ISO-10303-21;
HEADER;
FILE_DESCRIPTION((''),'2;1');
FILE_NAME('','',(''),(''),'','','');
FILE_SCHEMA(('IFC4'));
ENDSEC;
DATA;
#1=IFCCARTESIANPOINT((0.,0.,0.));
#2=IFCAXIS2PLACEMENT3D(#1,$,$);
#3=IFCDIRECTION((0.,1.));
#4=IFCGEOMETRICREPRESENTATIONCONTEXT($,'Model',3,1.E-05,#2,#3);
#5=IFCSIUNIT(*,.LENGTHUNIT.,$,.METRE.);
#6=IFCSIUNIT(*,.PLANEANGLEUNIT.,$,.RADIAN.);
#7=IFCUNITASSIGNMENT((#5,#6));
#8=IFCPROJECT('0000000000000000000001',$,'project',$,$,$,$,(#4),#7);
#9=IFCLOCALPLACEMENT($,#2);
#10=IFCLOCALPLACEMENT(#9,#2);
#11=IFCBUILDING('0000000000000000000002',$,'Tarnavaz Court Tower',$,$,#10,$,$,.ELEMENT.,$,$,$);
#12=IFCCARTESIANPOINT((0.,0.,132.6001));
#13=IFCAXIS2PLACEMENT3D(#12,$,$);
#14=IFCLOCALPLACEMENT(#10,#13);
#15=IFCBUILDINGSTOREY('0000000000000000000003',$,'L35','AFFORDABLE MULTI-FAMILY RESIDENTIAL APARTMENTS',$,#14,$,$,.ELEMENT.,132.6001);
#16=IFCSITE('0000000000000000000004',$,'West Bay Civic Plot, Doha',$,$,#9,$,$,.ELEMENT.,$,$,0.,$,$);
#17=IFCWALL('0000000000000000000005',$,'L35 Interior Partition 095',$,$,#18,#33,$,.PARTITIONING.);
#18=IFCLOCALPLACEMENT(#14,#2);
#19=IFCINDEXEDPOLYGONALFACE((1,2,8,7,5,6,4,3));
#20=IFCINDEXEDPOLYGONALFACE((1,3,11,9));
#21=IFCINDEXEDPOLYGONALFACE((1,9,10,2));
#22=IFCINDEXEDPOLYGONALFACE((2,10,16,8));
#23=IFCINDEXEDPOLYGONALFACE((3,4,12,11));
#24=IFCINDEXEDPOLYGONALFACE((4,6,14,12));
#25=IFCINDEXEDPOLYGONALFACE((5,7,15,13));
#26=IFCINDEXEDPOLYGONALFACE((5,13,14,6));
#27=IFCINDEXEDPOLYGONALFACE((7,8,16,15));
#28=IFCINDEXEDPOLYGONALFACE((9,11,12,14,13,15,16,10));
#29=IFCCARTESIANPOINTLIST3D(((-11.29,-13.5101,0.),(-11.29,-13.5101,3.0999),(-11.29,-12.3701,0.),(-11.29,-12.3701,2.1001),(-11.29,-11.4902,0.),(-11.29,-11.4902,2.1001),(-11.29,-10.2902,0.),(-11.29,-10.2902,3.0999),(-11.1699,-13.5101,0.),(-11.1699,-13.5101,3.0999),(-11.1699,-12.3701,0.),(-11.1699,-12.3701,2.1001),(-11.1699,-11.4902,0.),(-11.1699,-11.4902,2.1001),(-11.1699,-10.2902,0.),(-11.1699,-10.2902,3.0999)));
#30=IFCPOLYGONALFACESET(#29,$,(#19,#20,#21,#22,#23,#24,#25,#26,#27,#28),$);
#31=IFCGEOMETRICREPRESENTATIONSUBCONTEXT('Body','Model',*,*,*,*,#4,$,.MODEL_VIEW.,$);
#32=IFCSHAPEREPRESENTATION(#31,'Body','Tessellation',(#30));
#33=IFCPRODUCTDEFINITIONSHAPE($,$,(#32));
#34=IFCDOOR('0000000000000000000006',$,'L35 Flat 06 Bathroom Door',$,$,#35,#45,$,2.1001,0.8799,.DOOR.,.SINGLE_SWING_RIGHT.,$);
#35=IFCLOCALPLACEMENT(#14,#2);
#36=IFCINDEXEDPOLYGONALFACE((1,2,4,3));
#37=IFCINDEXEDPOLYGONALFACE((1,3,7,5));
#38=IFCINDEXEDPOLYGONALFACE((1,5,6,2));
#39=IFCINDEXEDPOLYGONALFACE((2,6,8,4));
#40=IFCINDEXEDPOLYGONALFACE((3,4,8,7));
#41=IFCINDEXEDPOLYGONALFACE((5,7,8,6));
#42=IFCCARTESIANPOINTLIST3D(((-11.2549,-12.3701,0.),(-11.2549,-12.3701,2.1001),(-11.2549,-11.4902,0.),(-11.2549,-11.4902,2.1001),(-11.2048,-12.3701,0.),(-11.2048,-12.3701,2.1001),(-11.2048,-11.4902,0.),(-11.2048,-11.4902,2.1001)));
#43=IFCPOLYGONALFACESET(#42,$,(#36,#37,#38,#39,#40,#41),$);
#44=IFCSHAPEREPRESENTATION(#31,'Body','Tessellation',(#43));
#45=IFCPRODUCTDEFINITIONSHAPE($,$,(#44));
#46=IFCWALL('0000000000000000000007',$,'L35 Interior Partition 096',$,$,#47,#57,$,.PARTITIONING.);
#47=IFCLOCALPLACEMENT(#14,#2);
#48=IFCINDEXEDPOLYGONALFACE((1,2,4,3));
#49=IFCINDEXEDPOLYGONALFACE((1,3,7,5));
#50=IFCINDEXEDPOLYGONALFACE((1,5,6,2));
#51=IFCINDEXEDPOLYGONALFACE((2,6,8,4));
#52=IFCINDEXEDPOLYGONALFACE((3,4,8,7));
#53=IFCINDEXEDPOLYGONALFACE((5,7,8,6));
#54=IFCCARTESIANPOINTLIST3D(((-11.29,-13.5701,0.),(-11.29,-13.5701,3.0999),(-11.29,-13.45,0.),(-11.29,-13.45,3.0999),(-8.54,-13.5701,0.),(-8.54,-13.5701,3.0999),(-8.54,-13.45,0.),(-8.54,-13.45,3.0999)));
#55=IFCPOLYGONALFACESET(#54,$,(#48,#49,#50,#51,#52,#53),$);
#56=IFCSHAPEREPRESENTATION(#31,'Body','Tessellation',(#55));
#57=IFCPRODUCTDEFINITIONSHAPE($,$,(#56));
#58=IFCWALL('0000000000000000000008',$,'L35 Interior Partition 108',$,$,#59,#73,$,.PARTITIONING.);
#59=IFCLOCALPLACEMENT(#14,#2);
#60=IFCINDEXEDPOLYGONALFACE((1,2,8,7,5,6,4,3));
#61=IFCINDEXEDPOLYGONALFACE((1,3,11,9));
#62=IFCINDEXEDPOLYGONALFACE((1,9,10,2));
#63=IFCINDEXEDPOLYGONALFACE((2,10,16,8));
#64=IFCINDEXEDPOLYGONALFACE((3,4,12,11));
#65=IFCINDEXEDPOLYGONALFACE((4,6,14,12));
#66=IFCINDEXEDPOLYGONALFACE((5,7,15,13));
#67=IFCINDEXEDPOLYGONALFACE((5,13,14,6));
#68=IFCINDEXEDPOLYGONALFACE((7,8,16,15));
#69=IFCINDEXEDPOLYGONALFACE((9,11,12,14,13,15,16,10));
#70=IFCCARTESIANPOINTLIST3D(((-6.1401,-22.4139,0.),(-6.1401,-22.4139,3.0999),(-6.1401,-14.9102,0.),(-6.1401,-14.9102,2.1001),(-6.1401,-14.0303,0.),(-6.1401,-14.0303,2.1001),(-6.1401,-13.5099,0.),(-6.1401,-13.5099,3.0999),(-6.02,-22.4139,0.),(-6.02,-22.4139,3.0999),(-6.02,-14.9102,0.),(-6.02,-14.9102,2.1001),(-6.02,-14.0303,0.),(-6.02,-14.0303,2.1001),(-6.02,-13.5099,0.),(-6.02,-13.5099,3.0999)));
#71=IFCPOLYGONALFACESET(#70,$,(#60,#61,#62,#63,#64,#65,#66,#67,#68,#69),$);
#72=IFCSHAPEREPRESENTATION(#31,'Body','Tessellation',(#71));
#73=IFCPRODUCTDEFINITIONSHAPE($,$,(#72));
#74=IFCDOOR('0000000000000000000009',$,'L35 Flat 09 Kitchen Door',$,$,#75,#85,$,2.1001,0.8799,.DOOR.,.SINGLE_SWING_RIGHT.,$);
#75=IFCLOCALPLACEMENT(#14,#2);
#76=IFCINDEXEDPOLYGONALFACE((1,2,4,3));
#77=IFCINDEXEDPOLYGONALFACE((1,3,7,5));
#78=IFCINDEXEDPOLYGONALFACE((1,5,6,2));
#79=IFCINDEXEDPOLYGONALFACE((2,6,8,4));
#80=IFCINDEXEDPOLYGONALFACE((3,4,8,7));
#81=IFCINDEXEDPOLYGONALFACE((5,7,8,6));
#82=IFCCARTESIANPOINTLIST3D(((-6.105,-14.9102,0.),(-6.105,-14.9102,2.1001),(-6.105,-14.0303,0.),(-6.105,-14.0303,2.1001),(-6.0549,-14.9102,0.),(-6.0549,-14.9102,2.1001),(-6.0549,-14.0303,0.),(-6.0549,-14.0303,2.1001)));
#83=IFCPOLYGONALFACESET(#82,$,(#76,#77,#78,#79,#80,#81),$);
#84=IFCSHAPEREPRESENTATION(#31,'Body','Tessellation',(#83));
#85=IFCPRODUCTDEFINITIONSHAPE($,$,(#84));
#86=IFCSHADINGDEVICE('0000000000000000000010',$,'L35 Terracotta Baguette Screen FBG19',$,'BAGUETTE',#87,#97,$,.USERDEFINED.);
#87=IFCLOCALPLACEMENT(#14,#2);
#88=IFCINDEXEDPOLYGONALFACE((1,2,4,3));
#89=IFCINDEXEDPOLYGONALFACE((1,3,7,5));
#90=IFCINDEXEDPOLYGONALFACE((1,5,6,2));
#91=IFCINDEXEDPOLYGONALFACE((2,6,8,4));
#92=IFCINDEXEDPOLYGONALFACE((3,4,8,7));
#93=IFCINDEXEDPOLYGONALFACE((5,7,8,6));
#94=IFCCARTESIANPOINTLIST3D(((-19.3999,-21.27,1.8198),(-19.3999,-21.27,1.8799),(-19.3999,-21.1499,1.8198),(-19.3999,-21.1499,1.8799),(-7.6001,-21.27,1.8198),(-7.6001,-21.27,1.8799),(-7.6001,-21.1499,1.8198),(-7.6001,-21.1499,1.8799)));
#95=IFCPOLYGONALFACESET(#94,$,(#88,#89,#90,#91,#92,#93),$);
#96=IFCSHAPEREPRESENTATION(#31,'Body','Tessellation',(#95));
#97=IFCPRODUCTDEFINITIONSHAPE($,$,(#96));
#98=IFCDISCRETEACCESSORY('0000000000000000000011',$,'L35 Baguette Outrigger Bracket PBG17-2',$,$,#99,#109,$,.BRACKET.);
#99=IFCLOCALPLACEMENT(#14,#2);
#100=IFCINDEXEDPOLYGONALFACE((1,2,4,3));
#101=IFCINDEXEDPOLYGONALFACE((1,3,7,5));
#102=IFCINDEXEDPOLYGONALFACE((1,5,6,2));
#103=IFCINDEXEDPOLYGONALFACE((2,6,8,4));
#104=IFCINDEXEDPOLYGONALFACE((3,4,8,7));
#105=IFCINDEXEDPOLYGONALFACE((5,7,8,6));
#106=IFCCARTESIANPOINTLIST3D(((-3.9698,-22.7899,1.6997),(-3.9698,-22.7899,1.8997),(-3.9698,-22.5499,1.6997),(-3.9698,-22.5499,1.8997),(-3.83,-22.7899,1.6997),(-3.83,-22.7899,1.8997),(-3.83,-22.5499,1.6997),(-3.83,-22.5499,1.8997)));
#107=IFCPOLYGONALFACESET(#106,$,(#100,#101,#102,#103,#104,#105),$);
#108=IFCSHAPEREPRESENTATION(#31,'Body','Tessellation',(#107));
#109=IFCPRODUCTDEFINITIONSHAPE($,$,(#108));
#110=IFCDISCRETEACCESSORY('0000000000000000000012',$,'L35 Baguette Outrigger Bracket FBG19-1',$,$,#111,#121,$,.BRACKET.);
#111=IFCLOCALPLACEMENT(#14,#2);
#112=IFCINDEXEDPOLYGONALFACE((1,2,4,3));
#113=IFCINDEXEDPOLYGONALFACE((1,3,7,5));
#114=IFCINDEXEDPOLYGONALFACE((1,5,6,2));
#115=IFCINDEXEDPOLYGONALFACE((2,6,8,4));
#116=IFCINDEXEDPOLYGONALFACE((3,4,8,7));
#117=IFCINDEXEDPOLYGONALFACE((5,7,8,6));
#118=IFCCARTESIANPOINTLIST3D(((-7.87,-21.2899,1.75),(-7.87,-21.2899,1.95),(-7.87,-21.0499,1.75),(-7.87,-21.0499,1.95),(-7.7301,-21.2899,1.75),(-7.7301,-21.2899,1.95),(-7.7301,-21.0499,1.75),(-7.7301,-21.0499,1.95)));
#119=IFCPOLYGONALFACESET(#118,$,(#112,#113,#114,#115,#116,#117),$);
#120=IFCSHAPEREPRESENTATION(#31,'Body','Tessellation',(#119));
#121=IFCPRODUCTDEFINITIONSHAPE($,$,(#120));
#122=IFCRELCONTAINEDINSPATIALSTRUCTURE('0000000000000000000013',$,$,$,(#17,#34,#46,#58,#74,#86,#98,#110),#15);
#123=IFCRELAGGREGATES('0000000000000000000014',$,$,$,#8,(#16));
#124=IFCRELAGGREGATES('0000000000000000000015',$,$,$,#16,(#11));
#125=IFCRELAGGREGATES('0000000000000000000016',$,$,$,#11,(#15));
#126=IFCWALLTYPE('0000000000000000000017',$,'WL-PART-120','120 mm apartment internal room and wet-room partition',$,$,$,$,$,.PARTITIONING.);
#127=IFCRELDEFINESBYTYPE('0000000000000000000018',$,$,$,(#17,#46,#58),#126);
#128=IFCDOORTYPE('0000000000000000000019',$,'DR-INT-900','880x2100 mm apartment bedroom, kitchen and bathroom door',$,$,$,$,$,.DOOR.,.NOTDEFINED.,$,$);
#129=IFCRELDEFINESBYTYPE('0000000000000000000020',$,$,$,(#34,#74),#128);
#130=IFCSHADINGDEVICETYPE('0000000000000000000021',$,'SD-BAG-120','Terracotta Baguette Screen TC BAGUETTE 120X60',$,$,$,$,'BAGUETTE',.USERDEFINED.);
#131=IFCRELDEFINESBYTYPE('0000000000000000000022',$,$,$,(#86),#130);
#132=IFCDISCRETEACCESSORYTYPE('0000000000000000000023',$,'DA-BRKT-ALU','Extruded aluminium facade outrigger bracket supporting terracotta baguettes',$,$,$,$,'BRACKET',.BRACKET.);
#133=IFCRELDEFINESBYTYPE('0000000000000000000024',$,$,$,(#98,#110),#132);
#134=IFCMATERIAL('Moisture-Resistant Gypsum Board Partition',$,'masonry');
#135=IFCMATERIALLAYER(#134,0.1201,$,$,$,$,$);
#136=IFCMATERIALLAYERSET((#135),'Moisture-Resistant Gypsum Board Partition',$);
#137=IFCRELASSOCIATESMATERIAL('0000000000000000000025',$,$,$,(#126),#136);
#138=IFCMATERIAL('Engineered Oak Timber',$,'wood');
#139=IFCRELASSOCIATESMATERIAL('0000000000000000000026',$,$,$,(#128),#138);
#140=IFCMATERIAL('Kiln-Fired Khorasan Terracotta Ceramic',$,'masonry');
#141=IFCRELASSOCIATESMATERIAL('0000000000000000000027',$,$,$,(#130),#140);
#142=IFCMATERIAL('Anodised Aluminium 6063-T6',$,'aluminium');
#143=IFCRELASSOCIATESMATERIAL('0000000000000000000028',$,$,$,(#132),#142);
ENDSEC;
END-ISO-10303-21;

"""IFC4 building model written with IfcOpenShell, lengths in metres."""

from ifc_helpers import new_model, si_unit, direction, frame, frame_2d, origin, origin_2d, place, context, subcontext, project, spatial, rectangle, extrude, material, layer, layer_set, material_profile, profile_set, type_object, element, fill, save


model = new_model("IFC4")

# Units and contexts
model_context = context("Model", 3, precision=1e-05, world=origin(), true_north=direction((0.0, 1.0)))
body_context = subcontext(model_context, "Body", "Model", "MODEL_VIEW")
ifc_project = project(units=[si_unit("LENGTHUNIT", "METRE"), si_unit("PLANEANGLEUNIT", "RADIAN")], contexts=[model_context])

# Site, building, storey
site_placement = place(None, origin())
site = spatial("IfcSite", under=ifc_project, at=site_placement, Name="West Bay Civic Plot, Doha", CompositionType="ELEMENT", RefElevation=0.0)
building_placement = place(site_placement, origin())
building = spatial("IfcBuilding", under=site, at=building_placement, Name="Tarnavaz Court Tower", CompositionType="ELEMENT")
storey_placement = place(building_placement, frame((0.0, 0.0, 132.6001)))
storey = spatial("IfcBuildingStorey", under=building, at=storey_placement, Name="L35", Description="AFFORDABLE MULTI-FAMILY RESIDENTIAL APARTMENTS", CompositionType="ELEMENT", Elevation=132.6001)

# Shared definitions
ifc_material_1 = material(Name="Anodised Aluminium 6063-T6", Category="aluminium")

# Wall, opening, door
ifc_material_2 = material(Name="Moisture-Resistant Gypsum Board Partition", Category="masonry")
ifc_layer_1 = layer(ifc_material_2, 0.1201)
ifc_layer_set_1 = layer_set([ifc_layer_1], Name="Moisture-Resistant Gypsum Board Partition")
wall_type_1 = type_object("IfcWallType", Name="WL-PART-120", Description="120 mm apartment internal room and wet-room partition", PredefinedType="PARTITIONING", material=ifc_layer_set_1)
ifc_material_3 = material(Name="Engineered Oak Timber", Category="wood")
door_type = type_object("IfcDoorType", Name="DR-INT-900", Description="880x2100 mm apartment bedroom, kitchen and bathroom door", OperationType="NOTDEFINED", PredefinedType="DOOR", material=ifc_material_3)
wall_1_placement = place(storey_placement, frame((-11.23, -13.51, 0.0), z_axis=(0.0, 0.0, 1.0), x_axis=(0.0, 1.0, 0.0)))
wall_1 = element("IfcWall", 1, at=wall_1_placement, inside=storey, type_object=wall_type_1, Name="L35 Interior Partition 095", PredefinedType="PARTITIONING", context=body_context, shape_type="SweptSolid", body=[
    extrude(rectangle(XDim=3.22, YDim=0.1201, at=frame_2d((1.6099, 0.0))), origin(), (0.0, 0.0, 1.0), 3.0999),
])
opening_1_placement = place(wall_1_placement, frame((1.1399, 0.0, 0.0)))
opening_1 = element("IfcOpeningElement", 2, at=opening_1_placement, cuts=wall_1, PredefinedType="OPENING", context=body_context, shape_type="SweptSolid", body=[
    extrude(rectangle(XDim=0.8799, YDim=2.1001, at=frame_2d((0.4399, 1.05))), frame((0.0, 0.0701, 0.0), z_axis=(0.0, -1.0, 0.0), x_axis=(1.0, 0.0, 0.0)), (0.0, 0.0, 1.0), 0.1401),
])
door_1_placement = place(opening_1_placement, origin())
door_1 = element("IfcDoor", 3, at=door_1_placement, inside=storey, type_object=door_type, Name="L35 Flat 06 Bathroom Door", OperationType="SINGLE_SWING_RIGHT", OverallHeight=2.1001, OverallWidth=0.8799, PredefinedType="DOOR", context=body_context, shape_type="SweptSolid", body=[
    extrude(rectangle(XDim=0.8799, YDim=2.1001, at=frame_2d((0.4399, 1.05))), frame((0.0, 0.0249, 0.0), z_axis=(0.0, -1.0, 0.0), x_axis=(1.0, 0.0, 0.0)), (0.0, 0.0, 1.0), 0.05),
])
fill(opening_1, door_1)

# Wall
wall_2_placement = place(storey_placement, frame((-11.29, -13.51, 0.0), z_axis=(0.0, 0.0, 1.0), x_axis=(1.0, 0.0, 0.0)))
element("IfcWall", 4, at=wall_2_placement, inside=storey, type_object=wall_type_1, Name="L35 Interior Partition 096", PredefinedType="PARTITIONING", context=body_context, shape_type="SweptSolid", body=[
    extrude(rectangle(XDim=2.75, YDim=0.1201, at=frame_2d((1.375, 0.0))), origin(), (0.0, 0.0, 1.0), 3.0999),
])

# Wall, opening, door
wall_3_placement = place(storey_placement, frame((-6.0801, -22.4141, 0.0), z_axis=(0.0, 0.0, 1.0), x_axis=(0.0, 1.0, 0.0)))
wall_3 = element("IfcWall", 5, at=wall_3_placement, inside=storey, type_object=wall_type_1, Name="L35 Interior Partition 108", PredefinedType="PARTITIONING", context=body_context, shape_type="SweptSolid", body=[
    extrude(rectangle(XDim=8.9041, YDim=0.1201, at=frame_2d((4.4521, 0.0))), origin(), (0.0, 0.0, 1.0), 3.0999),
])
opening_2_placement = place(wall_3_placement, frame((7.5039, 0.0, 0.0)))
opening_2 = element("IfcOpeningElement", 6, at=opening_2_placement, cuts=wall_3, PredefinedType="OPENING", context=body_context, shape_type="SweptSolid", body=[
    extrude(rectangle(XDim=0.8799, YDim=2.1001, at=frame_2d((0.4399, 1.05))), frame((0.0, 0.0701, 0.0), z_axis=(0.0, -1.0, 0.0), x_axis=(1.0, 0.0, 0.0)), (0.0, 0.0, 1.0), 0.1401),
])
door_2_placement = place(opening_2_placement, origin())
door_2 = element("IfcDoor", 7, at=door_2_placement, inside=storey, type_object=door_type, Name="L35 Flat 09 Kitchen Door", OperationType="SINGLE_SWING_RIGHT", OverallHeight=2.1001, OverallWidth=0.8799, PredefinedType="DOOR", context=body_context, shape_type="SweptSolid", body=[
    extrude(rectangle(XDim=0.8799, YDim=2.1001, at=frame_2d((0.4399, 1.05))), frame((0.0, 0.0249, 0.0), z_axis=(0.0, -1.0, 0.0), x_axis=(1.0, 0.0, 0.0)), (0.0, 0.0, 1.0), 0.05),
])
fill(opening_2, door_2)

# Shading device
ifc_material_4 = material(Name="Kiln-Fired Khorasan Terracotta Ceramic", Category="masonry")
ifc_material_profile_1 = material_profile(ifc_material_4, rectangle(XDim=0.1201, YDim=0.0601, at=origin_2d()), Name="TC BAGUETTE 120X60")
ifc_profile_set_1 = profile_set([ifc_material_profile_1], Name="Kiln-Fired Khorasan Terracotta Ceramic")
shading_device_type = type_object("IfcShadingDeviceType", Name="SD-BAG-120", Description="Terracotta Baguette Screen TC BAGUETTE 120X60", ElementType="BAGUETTE", PredefinedType="USERDEFINED", material=ifc_profile_set_1)
shading_device_placement = place(storey_placement, frame((-7.6001, -21.21, 1.8499), z_axis=(-1.0, 0.0, 0.0), x_axis=(0.0, -1.0, 0.0)))
element("IfcShadingDevice", 8, at=shading_device_placement, inside=storey, type_object=shading_device_type, Name="L35 Terracotta Baguette Screen FBG19", ObjectType="BAGUETTE", PredefinedType="USERDEFINED", context=body_context, shape_type="SweptSolid", body=[
    extrude(rectangle(XDim=0.1201, YDim=0.0601, at=origin_2d()), origin(), (0.0, 0.0, 1.0), 11.7998),
])

# Discrete accessories
discrete_accessory_type = type_object("IfcDiscreteAccessoryType", Name="DA-BRKT-ALU", Description="Extruded aluminium facade outrigger bracket supporting terracotta baguettes", ElementType="BRACKET", PredefinedType="BRACKET", material=ifc_material_1)
for number, where, z_axis, x_axis, name in (
    (9, (-3.8999, -22.6699, 1.6997), (0.0, 0.0, 1.0), (-1.0, 0.0, 0.0), "L35 Baguette Outrigger Bracket PBG17-2"),
    (10, (-7.8, -21.1699, 1.75), (0.0, 0.0, 1.0), (-1.0, 0.0, 0.0), "L35 Baguette Outrigger Bracket FBG19-1"),
):
    element("IfcDiscreteAccessory", number, at=place(storey_placement, frame(where, z_axis=z_axis, x_axis=x_axis)), inside=storey, type_object=discrete_accessory_type, Name=name, PredefinedType="BRACKET", context=body_context, shape_type="SweptSolid", body=[
        extrude(rectangle(XDim=0.1399, YDim=0.24, at=origin_2d()), origin(), (0.0, 0.0, 1.0), 0.2),
    ])

save(model, "model.ifc")
